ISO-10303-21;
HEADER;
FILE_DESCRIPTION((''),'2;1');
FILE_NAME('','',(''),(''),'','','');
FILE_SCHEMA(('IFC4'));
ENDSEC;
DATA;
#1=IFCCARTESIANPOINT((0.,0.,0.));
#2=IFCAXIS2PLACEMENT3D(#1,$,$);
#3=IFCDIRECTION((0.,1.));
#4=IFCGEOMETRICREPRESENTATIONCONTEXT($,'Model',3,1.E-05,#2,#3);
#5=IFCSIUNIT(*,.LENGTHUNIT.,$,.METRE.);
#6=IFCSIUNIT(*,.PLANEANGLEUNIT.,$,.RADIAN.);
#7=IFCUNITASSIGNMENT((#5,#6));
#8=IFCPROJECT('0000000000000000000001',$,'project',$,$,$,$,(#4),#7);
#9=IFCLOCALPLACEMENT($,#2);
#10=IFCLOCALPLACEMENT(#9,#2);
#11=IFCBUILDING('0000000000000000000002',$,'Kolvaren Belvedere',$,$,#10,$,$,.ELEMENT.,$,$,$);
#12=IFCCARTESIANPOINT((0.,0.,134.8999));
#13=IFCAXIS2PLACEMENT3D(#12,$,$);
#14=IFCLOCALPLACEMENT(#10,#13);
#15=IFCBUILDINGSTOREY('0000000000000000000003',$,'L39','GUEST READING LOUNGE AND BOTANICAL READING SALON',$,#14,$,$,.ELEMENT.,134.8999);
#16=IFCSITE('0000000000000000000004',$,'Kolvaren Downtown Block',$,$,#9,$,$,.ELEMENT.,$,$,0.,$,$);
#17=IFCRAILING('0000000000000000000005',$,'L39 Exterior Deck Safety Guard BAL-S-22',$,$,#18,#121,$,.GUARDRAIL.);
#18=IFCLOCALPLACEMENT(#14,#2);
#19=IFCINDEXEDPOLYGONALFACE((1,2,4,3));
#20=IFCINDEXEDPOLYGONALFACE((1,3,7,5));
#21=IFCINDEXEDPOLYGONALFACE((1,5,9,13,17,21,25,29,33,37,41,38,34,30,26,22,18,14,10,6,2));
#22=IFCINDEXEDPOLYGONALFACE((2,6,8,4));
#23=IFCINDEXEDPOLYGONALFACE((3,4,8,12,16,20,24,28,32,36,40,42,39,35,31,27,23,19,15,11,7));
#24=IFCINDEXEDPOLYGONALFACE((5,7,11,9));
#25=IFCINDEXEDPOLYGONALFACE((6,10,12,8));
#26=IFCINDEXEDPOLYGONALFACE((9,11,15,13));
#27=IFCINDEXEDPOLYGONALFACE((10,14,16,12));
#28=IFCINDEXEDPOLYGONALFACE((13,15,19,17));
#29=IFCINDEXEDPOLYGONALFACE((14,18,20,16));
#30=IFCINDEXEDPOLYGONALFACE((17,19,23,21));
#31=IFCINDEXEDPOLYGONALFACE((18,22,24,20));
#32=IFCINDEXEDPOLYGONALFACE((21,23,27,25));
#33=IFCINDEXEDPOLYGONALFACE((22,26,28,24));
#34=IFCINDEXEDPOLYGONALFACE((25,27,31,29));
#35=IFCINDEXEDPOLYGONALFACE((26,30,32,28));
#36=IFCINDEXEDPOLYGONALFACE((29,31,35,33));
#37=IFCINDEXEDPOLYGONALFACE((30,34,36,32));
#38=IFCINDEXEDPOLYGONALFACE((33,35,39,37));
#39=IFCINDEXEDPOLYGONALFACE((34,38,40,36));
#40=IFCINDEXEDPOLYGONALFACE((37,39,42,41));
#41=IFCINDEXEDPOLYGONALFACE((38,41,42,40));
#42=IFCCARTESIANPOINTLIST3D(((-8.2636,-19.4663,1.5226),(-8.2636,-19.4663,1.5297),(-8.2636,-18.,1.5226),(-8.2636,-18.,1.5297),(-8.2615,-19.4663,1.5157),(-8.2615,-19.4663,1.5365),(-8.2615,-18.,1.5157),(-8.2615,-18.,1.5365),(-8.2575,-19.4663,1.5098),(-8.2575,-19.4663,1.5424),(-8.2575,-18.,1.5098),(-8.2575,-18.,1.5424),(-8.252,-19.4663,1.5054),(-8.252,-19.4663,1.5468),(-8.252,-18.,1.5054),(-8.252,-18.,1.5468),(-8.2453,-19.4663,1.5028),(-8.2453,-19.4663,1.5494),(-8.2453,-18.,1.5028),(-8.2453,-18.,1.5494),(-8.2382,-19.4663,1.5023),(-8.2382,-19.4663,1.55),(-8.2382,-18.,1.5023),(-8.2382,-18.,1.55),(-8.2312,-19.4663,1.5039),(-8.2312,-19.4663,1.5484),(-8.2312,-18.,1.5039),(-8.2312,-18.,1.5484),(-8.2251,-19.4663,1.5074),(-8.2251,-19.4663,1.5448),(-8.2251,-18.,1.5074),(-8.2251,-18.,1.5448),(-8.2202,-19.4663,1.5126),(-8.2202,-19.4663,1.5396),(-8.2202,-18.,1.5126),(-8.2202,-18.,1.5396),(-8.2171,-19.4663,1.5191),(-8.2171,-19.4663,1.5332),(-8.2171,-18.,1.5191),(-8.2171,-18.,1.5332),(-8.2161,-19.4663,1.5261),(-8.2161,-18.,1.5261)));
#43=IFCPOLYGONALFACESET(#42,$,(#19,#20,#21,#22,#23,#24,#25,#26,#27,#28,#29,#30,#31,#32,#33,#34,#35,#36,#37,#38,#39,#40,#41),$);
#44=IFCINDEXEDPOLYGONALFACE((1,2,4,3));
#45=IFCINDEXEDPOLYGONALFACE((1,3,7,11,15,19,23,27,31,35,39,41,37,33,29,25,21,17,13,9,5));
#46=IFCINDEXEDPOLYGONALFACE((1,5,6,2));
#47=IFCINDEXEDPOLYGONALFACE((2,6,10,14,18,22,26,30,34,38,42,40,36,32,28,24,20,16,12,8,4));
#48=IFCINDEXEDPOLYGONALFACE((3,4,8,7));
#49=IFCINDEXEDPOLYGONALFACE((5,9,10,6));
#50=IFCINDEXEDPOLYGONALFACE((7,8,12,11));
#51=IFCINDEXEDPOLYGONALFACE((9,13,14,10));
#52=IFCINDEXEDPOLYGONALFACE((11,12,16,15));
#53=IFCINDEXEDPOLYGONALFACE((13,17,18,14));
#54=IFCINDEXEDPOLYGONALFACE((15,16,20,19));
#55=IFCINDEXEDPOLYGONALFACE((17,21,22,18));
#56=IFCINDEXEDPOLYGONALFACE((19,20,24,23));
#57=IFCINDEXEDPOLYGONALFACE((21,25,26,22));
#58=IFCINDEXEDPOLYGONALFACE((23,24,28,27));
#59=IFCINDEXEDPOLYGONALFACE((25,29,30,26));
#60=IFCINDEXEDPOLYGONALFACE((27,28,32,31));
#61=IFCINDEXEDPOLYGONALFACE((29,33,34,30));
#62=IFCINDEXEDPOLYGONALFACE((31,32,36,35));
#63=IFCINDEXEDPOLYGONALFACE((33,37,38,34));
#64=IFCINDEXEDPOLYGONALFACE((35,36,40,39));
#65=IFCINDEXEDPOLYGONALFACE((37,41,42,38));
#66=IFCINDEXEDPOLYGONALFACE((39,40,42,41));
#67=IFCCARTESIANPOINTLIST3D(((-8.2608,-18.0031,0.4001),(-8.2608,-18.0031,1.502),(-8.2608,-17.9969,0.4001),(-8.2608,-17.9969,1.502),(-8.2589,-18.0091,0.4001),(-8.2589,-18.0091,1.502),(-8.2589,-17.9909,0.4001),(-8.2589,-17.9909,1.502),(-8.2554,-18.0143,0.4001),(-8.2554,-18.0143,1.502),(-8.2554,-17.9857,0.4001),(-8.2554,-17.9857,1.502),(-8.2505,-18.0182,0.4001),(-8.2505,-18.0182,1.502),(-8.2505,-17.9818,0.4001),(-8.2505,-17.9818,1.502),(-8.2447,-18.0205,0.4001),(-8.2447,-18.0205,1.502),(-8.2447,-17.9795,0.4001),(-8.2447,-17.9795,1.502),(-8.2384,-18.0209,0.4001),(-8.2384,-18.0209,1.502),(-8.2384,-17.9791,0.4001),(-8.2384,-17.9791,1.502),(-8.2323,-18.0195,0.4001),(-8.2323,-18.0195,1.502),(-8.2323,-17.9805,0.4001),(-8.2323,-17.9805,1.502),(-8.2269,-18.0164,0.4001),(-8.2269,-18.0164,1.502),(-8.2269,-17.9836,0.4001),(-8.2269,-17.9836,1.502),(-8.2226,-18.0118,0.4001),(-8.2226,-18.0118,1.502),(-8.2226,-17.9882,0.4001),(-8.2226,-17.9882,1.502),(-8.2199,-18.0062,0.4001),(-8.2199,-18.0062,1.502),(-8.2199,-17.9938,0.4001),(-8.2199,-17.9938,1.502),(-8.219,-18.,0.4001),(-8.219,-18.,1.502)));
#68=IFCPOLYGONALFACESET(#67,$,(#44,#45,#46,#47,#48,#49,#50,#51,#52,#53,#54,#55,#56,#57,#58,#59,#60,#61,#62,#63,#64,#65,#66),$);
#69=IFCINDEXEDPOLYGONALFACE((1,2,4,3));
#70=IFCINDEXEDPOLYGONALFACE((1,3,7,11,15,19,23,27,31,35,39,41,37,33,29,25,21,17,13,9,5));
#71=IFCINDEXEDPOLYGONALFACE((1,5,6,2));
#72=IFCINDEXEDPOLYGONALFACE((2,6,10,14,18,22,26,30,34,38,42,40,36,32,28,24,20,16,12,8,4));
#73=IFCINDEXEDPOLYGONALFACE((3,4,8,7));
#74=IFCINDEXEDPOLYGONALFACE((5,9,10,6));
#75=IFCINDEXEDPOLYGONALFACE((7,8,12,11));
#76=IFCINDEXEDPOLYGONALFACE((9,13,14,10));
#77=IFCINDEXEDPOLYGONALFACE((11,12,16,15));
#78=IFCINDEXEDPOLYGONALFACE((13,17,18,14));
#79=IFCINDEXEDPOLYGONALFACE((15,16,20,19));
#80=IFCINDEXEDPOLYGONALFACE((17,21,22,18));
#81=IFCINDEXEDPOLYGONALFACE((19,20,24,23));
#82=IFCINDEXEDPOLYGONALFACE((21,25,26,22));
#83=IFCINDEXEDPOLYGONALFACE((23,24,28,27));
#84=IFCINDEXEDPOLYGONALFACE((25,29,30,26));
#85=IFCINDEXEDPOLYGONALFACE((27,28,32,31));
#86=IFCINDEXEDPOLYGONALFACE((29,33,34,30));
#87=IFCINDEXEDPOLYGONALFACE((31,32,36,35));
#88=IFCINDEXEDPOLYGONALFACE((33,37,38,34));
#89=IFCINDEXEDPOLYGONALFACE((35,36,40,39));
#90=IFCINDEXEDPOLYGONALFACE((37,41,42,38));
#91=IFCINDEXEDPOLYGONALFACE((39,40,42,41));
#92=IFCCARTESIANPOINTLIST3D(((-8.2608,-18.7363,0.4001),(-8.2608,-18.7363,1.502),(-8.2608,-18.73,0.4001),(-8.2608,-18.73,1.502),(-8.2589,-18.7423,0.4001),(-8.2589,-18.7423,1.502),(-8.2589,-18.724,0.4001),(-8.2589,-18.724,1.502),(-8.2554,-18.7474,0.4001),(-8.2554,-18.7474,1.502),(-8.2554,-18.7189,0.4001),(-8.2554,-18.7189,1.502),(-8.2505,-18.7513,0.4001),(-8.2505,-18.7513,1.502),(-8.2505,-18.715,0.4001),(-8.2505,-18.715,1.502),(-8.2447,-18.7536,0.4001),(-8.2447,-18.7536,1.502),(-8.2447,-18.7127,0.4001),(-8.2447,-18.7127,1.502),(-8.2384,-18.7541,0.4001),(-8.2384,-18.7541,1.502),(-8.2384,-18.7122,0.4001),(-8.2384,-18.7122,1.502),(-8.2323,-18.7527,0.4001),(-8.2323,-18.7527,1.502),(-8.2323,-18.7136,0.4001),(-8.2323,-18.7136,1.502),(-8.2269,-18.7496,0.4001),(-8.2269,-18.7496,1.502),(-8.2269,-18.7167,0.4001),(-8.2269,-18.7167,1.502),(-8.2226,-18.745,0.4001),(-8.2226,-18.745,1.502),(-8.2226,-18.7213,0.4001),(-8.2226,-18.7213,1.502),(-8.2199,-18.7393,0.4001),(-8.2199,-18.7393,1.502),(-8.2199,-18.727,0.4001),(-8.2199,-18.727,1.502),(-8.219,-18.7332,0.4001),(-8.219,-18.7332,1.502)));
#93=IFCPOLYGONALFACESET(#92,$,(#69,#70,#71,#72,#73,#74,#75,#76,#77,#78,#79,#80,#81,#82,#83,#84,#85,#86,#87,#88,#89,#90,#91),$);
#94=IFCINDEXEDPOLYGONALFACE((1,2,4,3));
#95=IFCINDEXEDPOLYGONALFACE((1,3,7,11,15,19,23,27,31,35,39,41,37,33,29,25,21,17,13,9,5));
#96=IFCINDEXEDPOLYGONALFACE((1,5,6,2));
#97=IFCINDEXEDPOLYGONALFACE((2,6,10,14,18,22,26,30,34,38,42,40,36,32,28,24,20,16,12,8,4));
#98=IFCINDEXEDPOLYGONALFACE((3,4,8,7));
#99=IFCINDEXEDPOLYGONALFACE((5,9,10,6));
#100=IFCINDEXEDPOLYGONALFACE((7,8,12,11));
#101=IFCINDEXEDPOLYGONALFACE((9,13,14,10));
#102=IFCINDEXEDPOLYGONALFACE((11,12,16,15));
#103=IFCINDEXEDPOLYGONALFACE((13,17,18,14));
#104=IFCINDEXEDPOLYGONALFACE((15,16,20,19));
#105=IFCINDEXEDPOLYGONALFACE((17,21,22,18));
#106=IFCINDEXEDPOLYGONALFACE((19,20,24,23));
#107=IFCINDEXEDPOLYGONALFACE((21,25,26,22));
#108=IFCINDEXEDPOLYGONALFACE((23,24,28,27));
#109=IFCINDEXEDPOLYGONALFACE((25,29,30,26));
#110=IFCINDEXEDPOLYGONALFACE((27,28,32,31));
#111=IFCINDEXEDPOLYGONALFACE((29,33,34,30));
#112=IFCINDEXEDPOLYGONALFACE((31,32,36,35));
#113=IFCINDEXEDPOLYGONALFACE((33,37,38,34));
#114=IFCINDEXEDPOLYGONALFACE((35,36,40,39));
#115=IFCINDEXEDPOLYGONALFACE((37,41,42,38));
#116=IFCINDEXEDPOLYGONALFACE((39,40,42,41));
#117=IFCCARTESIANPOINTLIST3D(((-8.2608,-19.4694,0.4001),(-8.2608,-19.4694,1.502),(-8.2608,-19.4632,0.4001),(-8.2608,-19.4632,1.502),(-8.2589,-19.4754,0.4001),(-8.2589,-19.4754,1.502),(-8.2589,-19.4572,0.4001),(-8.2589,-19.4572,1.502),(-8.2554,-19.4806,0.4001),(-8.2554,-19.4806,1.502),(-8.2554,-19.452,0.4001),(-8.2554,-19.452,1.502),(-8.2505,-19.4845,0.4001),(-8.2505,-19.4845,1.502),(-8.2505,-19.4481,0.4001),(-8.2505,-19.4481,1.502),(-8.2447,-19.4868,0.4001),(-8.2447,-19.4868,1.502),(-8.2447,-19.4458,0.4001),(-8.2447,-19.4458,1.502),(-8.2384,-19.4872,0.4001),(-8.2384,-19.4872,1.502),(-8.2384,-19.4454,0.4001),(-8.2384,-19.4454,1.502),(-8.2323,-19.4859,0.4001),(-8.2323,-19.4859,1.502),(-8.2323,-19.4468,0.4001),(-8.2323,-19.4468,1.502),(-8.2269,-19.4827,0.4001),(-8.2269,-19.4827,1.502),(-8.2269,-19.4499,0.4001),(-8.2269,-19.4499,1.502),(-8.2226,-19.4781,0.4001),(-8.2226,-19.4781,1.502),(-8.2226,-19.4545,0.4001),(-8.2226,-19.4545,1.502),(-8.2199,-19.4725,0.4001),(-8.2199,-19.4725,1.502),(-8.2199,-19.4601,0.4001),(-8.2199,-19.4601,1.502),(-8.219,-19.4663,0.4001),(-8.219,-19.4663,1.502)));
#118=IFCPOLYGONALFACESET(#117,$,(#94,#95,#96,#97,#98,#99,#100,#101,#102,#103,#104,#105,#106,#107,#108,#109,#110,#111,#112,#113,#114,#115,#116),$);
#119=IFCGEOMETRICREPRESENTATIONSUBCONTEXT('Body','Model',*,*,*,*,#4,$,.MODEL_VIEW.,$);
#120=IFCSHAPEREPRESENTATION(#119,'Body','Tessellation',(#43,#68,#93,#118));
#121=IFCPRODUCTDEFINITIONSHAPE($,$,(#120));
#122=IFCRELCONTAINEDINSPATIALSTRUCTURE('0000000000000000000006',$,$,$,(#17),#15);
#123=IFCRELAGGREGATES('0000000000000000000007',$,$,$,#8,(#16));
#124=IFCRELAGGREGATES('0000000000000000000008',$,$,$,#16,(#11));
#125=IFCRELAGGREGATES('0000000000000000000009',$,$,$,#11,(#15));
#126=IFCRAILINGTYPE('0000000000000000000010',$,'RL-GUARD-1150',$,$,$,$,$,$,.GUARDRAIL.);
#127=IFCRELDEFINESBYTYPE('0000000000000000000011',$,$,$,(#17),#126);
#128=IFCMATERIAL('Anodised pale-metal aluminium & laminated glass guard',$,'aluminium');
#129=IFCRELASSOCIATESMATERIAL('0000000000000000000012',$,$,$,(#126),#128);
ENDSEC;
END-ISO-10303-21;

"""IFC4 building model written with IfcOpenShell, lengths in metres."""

from ifc_helpers import new_model, si_unit, direction, frame, origin, origin_2d, place, context, subcontext, project, spatial, circle, extrude, material, type_object, element, save


model = new_model("IFC4")

# Units and contexts
model_context = context("Model", 3, precision=1e-05, world=origin(), true_north=direction((0.0, 1.0)))
body_context = subcontext(model_context, "Body", "Model", "MODEL_VIEW")
ifc_project = project(units=[si_unit("LENGTHUNIT", "METRE"), si_unit("PLANEANGLEUNIT", "RADIAN")], contexts=[model_context])

# Site, building, storey
site_placement = place(None, origin())
site = spatial("IfcSite", under=ifc_project, at=site_placement, Name="Kolvaren Downtown Block", CompositionType="ELEMENT", RefElevation=0.0)
building_placement = place(site_placement, origin())
building = spatial("IfcBuilding", under=site, at=building_placement, Name="Kolvaren Belvedere", CompositionType="ELEMENT")
storey_placement = place(building_placement, frame((0.0, 0.0, 134.8999)))
storey = spatial("IfcBuildingStorey", under=building, at=storey_placement, Name="L39", Description="GUEST READING LOUNGE AND BOTANICAL READING SALON", CompositionType="ELEMENT", Elevation=134.8999)

# Railing
ifc_material_1 = material(Name="Anodised pale-metal aluminium & laminated glass guard", Category="aluminium")
railing_type = type_object("IfcRailingType", Name="RL-GUARD-1150", PredefinedType="GUARDRAIL", material=ifc_material_1)
railing_1_placement = place(storey_placement, frame((-8.24, -18.0, 0.4001)))
element("IfcRailing", 1, at=railing_1_placement, inside=storey, type_object=railing_type, Name="L39 Exterior Deck Safety Guard BAL-S-22", PredefinedType="GUARDRAIL", context=body_context, shape_type="SweptSolid", body=[
    extrude(circle(Radius=0.0239, at=origin_2d()), frame((0.0, 0.0, 1.126), z_axis=(0.0, -1.0, 0.0), x_axis=(1.0, 0.0, 0.0)), (0.0, 0.0, 1.0), 1.4663),
    extrude(circle(Radius=0.021, at=origin_2d()), origin(), (0.0, 0.0, 1.0), 1.1018),
    extrude(circle(Radius=0.021, at=origin_2d()), frame((0.0, -0.7332, 0.0)), (0.0, 0.0, 1.0), 1.1018),
    extrude(circle(Radius=0.021, at=origin_2d()), frame((0.0, -1.4663, 0.0)), (0.0, 0.0, 1.0), 1.1018),
])

save(model, "model.ifc")
